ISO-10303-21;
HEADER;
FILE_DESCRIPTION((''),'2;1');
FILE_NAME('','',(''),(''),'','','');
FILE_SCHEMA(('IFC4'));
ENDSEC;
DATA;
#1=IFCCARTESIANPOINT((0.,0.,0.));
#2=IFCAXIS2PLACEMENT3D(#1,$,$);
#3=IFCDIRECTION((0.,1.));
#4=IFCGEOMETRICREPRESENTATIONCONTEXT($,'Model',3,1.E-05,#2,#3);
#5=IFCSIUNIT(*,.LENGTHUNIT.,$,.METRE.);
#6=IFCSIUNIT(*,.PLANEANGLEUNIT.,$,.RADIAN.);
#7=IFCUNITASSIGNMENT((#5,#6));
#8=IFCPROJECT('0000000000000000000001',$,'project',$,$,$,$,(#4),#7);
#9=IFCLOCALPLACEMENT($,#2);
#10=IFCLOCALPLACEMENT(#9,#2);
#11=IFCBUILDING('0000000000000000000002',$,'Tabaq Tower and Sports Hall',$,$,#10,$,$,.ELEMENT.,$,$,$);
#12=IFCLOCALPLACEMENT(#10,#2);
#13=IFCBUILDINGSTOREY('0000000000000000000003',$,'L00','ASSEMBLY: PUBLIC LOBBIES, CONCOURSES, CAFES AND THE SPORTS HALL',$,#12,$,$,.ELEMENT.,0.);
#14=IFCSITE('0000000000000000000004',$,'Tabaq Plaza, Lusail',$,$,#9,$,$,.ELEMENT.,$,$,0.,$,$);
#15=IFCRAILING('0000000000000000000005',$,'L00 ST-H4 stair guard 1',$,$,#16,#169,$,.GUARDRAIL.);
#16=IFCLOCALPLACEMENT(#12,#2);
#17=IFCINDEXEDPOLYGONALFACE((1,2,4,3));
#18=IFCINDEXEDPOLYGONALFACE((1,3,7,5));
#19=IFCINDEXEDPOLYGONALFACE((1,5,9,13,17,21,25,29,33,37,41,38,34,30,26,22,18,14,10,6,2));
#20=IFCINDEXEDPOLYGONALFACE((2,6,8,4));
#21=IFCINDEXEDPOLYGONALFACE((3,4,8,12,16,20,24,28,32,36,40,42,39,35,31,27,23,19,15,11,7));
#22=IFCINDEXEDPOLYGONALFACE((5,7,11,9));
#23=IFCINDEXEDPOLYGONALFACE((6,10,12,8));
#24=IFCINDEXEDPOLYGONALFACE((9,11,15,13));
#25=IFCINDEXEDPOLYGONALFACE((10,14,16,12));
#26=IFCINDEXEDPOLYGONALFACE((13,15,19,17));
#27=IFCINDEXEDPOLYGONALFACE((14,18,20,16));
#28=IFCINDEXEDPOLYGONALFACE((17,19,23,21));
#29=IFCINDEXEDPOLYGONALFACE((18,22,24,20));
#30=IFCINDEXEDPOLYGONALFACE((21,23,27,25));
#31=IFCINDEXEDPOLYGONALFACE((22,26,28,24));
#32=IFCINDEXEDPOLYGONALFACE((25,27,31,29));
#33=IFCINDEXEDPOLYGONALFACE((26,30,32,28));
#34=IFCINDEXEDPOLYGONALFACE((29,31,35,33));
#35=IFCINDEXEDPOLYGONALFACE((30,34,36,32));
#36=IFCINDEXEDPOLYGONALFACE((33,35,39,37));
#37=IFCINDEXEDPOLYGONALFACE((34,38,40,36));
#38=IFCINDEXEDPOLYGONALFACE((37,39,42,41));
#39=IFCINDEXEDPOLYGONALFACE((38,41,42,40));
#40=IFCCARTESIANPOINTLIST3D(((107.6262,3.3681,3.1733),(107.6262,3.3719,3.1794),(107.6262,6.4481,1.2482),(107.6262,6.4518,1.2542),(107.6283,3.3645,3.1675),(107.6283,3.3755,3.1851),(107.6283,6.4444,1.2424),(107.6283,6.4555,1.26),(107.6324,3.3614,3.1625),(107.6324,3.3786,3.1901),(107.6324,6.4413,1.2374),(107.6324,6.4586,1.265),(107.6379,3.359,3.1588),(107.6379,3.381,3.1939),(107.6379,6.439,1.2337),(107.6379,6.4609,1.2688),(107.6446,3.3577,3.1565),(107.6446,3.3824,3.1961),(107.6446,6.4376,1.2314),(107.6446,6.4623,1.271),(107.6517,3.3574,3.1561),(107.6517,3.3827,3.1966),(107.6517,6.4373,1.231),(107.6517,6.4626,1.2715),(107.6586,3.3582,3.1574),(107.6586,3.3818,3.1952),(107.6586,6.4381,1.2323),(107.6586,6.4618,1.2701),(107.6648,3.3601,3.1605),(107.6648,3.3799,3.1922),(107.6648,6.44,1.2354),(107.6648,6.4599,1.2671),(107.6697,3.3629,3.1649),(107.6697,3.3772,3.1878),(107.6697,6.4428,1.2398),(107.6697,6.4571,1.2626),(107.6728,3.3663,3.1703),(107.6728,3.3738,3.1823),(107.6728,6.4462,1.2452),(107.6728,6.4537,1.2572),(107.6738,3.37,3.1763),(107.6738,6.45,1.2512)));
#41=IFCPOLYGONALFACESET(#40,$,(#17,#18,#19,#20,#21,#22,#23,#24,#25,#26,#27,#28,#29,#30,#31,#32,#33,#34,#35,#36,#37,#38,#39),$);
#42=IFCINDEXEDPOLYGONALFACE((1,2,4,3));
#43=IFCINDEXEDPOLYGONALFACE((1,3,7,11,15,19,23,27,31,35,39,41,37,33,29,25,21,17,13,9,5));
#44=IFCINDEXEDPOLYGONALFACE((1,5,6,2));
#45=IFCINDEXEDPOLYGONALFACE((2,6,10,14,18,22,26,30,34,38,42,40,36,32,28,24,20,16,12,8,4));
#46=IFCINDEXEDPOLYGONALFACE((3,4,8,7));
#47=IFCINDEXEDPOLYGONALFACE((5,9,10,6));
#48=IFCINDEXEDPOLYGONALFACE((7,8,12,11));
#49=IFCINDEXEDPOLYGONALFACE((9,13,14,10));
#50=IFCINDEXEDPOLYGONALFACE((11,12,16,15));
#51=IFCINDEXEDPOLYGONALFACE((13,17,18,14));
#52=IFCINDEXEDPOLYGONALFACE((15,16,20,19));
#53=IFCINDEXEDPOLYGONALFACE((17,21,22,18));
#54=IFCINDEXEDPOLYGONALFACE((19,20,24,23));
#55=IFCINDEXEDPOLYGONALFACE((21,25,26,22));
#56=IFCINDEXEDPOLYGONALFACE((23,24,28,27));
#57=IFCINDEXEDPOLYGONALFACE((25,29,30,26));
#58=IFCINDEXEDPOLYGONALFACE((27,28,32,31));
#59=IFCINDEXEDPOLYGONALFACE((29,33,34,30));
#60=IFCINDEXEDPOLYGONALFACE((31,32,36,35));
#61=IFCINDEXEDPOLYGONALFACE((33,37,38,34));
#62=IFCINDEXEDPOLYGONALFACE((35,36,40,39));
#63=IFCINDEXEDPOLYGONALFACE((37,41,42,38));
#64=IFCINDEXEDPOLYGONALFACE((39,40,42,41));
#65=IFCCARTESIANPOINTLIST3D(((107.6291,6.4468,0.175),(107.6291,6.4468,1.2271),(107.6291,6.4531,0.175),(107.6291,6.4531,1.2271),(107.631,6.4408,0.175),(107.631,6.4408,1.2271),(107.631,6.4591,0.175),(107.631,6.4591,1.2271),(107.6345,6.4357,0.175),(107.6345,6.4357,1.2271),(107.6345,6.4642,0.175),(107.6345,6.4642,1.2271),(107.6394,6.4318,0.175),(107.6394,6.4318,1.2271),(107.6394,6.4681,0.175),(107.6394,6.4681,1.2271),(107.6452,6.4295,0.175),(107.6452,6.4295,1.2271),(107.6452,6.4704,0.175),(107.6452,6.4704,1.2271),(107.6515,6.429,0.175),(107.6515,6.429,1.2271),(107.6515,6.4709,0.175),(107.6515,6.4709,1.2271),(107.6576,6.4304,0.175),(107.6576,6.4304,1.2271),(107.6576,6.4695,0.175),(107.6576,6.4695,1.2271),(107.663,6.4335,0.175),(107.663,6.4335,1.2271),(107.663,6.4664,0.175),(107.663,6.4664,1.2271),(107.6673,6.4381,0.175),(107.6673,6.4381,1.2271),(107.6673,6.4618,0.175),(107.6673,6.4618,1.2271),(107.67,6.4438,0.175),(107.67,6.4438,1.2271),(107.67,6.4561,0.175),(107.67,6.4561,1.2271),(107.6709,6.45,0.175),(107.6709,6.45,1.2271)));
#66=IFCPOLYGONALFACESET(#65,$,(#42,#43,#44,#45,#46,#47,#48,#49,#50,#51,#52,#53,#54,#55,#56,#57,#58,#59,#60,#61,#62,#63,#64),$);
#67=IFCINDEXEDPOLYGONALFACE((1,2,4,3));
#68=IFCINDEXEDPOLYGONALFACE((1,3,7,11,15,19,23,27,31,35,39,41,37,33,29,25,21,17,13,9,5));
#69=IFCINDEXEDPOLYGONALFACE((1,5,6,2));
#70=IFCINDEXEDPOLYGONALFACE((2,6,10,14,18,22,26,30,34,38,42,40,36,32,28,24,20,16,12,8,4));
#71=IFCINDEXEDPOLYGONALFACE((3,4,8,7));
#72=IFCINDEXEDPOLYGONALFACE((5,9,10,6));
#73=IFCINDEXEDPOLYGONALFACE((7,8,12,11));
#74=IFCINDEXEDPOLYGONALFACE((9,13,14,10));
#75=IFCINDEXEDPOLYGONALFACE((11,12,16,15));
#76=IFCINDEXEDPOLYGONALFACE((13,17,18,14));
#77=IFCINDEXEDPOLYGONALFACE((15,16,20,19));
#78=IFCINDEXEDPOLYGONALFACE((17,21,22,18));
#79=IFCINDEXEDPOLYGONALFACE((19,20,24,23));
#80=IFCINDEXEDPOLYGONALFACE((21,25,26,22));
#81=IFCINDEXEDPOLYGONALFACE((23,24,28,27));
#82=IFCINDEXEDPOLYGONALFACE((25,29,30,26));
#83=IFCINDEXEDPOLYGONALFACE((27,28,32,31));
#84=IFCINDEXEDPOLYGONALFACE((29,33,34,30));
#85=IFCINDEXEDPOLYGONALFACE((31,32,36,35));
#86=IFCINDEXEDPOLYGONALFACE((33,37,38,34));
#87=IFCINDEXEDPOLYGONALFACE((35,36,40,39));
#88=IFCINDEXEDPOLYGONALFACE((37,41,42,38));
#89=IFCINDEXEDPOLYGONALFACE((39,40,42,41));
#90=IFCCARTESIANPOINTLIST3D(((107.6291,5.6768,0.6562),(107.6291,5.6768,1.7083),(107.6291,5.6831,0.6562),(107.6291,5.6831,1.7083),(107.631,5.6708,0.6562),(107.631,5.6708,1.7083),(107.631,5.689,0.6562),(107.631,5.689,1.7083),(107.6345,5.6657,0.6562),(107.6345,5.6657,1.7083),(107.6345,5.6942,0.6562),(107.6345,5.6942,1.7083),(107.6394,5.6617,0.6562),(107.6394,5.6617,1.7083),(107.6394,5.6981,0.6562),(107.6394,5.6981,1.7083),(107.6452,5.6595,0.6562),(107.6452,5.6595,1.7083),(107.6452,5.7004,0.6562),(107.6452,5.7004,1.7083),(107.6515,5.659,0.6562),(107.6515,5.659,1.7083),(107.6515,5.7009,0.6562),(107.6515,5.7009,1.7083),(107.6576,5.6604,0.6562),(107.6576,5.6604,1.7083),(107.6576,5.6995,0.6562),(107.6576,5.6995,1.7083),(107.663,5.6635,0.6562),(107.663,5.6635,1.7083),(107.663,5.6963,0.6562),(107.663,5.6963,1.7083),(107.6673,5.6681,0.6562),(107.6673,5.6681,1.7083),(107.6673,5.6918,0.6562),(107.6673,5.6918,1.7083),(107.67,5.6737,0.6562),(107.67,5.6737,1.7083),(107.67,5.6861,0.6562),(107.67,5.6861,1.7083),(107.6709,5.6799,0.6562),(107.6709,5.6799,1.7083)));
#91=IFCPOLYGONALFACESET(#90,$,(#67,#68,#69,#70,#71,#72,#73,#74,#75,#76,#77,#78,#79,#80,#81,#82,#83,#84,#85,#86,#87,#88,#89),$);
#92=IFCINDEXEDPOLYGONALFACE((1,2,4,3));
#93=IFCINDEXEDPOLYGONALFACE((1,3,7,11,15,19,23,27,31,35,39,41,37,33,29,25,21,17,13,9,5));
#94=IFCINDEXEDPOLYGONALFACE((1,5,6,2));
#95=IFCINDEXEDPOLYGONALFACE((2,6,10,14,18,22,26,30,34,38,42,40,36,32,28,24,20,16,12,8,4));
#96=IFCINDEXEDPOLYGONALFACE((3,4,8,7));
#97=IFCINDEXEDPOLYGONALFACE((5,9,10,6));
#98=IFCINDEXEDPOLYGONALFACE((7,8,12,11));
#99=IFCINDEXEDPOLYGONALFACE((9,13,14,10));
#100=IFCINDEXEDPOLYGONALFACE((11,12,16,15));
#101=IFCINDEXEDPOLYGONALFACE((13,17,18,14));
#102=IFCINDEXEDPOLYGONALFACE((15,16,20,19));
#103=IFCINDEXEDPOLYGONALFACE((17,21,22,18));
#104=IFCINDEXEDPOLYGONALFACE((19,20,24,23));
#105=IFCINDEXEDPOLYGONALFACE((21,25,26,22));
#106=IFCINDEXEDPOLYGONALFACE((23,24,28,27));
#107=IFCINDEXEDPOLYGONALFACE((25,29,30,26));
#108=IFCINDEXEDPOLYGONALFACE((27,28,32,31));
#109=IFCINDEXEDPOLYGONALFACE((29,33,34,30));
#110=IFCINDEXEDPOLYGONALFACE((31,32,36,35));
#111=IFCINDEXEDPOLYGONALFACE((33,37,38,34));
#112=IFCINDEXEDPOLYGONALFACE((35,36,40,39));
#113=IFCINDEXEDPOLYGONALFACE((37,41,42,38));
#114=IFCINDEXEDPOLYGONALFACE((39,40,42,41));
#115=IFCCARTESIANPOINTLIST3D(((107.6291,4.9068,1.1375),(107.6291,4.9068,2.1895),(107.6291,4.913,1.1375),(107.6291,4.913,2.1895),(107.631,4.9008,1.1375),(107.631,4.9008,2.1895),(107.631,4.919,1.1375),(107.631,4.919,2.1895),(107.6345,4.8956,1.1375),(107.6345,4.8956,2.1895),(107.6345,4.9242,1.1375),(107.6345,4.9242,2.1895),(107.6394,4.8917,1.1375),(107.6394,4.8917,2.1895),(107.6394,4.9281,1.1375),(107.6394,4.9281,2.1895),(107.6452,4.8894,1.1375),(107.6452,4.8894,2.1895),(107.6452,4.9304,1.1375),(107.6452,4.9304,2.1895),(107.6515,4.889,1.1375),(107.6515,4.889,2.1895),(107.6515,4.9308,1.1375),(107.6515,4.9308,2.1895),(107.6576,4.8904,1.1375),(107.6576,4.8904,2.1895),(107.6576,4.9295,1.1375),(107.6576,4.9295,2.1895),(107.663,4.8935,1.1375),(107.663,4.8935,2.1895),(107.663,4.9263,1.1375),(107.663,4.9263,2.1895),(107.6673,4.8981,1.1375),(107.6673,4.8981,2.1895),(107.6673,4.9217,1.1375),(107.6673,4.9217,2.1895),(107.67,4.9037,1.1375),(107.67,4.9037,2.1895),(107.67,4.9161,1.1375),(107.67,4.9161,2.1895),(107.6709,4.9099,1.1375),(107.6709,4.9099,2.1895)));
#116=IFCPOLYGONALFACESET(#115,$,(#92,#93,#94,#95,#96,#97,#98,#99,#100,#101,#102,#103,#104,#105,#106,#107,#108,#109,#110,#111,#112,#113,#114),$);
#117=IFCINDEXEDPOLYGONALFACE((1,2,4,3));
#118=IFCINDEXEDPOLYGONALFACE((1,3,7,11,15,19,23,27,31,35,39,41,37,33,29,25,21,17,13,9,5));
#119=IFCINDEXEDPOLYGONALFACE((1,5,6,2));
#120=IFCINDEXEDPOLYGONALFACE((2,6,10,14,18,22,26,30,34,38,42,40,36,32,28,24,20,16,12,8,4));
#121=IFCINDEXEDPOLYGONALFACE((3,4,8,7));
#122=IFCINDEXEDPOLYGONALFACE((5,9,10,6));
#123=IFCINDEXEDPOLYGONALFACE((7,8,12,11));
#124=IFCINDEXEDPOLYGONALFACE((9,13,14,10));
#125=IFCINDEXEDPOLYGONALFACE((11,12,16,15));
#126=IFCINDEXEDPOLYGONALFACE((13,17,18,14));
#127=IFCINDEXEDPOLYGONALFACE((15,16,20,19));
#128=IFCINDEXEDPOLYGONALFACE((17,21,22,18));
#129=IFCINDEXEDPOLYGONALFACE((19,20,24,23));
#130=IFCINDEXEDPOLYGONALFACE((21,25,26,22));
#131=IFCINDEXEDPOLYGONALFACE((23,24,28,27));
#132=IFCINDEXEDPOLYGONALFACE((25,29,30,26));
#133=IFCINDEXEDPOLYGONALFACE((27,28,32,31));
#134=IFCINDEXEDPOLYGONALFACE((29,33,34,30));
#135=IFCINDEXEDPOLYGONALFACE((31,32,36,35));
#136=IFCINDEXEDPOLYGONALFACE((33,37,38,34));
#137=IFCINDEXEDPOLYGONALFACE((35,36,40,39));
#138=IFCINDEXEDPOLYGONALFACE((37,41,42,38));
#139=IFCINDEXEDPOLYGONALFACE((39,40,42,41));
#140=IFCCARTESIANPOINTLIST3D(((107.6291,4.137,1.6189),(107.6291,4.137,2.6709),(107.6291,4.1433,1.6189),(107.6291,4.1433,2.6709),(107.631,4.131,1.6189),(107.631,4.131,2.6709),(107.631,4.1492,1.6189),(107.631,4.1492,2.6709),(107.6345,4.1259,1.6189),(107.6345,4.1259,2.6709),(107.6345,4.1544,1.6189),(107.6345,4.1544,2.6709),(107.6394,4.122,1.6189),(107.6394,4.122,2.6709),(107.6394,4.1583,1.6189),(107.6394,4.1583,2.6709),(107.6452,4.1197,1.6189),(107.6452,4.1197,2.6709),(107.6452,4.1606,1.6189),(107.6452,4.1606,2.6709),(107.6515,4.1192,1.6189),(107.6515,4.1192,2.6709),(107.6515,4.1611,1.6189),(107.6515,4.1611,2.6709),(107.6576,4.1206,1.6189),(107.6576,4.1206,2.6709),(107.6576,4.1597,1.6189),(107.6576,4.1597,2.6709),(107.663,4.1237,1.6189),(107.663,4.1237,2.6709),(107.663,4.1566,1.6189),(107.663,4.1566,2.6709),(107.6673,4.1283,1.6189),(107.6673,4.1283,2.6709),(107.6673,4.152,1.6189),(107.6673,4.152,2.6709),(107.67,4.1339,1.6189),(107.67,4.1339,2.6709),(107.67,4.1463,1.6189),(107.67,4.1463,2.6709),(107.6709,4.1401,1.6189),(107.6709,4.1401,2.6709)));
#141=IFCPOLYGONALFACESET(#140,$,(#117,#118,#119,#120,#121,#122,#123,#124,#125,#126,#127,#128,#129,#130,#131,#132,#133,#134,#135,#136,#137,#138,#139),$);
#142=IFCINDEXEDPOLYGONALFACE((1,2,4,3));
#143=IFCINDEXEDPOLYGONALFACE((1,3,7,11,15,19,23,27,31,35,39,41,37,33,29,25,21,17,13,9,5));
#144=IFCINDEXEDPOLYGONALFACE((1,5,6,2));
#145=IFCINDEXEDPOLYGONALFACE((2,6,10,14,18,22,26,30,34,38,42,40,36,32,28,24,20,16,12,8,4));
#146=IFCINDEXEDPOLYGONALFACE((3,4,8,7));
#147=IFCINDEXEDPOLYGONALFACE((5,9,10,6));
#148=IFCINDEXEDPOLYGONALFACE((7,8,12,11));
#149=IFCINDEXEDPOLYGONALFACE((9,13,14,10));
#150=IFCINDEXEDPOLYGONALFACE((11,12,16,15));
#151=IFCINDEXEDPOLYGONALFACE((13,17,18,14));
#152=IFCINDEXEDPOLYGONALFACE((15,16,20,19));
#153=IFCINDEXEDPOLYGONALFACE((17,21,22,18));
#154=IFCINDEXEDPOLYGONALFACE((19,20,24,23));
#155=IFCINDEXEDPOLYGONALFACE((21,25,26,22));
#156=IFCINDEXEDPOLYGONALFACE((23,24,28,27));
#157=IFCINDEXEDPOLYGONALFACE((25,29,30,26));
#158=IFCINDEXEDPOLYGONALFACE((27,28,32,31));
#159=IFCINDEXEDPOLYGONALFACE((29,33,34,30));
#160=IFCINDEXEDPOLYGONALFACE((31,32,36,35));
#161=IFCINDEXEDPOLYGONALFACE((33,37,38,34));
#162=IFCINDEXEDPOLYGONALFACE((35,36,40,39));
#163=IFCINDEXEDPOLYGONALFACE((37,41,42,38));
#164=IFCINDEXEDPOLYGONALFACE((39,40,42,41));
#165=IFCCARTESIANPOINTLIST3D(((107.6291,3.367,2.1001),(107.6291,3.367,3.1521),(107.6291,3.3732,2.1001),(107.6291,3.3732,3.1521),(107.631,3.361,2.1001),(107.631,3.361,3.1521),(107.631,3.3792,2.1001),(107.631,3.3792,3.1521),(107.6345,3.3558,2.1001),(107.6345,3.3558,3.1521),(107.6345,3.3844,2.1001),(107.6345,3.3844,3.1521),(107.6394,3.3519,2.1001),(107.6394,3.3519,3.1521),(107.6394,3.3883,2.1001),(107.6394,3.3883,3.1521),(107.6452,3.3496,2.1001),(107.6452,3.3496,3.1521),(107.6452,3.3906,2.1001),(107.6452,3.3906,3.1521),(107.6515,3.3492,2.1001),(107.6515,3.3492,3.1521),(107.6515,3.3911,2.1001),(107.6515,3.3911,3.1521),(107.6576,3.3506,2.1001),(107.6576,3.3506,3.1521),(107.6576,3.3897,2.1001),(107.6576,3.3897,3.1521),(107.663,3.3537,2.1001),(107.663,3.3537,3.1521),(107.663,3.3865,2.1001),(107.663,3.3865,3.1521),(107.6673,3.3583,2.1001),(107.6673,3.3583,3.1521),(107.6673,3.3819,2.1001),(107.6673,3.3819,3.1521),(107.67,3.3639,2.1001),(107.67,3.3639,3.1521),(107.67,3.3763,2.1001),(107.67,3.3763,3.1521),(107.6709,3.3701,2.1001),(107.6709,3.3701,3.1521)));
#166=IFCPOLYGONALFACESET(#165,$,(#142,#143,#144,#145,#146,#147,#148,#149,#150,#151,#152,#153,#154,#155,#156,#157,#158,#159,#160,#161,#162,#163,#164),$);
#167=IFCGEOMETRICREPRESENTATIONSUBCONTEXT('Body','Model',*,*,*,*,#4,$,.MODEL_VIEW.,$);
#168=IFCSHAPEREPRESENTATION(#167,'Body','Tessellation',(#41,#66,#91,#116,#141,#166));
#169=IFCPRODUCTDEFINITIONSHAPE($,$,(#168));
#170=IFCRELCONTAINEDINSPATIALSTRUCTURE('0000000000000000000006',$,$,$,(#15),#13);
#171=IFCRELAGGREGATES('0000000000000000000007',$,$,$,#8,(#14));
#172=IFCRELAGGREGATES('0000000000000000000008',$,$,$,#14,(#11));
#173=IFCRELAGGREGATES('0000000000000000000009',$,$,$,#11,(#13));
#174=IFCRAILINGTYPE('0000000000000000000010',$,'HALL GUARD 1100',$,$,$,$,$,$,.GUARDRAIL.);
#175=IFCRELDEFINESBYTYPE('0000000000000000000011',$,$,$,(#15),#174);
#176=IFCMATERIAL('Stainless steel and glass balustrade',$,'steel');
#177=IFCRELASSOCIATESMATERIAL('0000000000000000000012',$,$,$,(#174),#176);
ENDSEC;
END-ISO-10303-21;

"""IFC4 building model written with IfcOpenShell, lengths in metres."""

from ifc_helpers import new_model, si_unit, direction, frame, origin, origin_2d, place, context, subcontext, project, spatial, circle, extrude, material, type_object, element, save


model = new_model("IFC4")

# Units and contexts
model_context = context("Model", 3, precision=1e-05, world=origin(), true_north=direction((0.0, 1.0)))
body_context = subcontext(model_context, "Body", "Model", "MODEL_VIEW")
ifc_project = project(units=[si_unit("LENGTHUNIT", "METRE"), si_unit("PLANEANGLEUNIT", "RADIAN")], contexts=[model_context])

# Site, building, storey
site_placement = place(None, origin())
site = spatial("IfcSite", under=ifc_project, at=site_placement, Name="Tabaq Plaza, Lusail", CompositionType="ELEMENT", RefElevation=0.0)
building_placement = place(site_placement, origin())
building = spatial("IfcBuilding", under=site, at=building_placement, Name="Tabaq Tower and Sports Hall", CompositionType="ELEMENT")
storey_placement = place(building_placement, origin())
storey = spatial("IfcBuildingStorey", under=building, at=storey_placement, Name="L00", Description="ASSEMBLY: PUBLIC LOBBIES, CONCOURSES, CAFES AND THE SPORTS HALL", CompositionType="ELEMENT", Elevation=0.0)

# Railing
ifc_material_1 = material(Name="Stainless steel and glass balustrade", Category="steel")
railing_type_1 = type_object("IfcRailingType", Name="HALL GUARD 1100", PredefinedType="GUARDRAIL", material=ifc_material_1)
for number, where, name in (
    (1, (107.6499, 6.45, 0.175), "L00 ST-H4 stair guard 1"),
):
    element("IfcRailing", number, at=place(storey_placement, frame(where)), inside=storey, type_object=railing_type_1, Name=name, PredefinedType="GUARDRAIL", context=body_context, shape_type="SweptSolid", body=[
        extrude(circle(Radius=0.0239, at=origin_2d()), frame((0.0, 0.0, 1.0762), z_axis=(0.0, -0.847979, 0.530029), x_axis=(1.0, 0.0, 0.0)), (0.0, 0.0, 1.0), 3.6321),
        extrude(circle(Radius=0.021, at=origin_2d()), origin(), (0.0, 0.0, 1.0), 1.052),
        extrude(circle(Radius=0.021, at=origin_2d()), frame((0.0, -0.77, 0.4812)), (0.0, 0.0, 1.0), 1.052),
        extrude(circle(Radius=0.021, at=origin_2d()), frame((0.0, -1.54, 0.9624)), (0.0, 0.0, 1.0), 1.052),
        extrude(circle(Radius=0.021, at=origin_2d()), frame((0.0, -2.3098, 1.4438)), (0.0, 0.0, 1.0), 1.052),
        extrude(circle(Radius=0.021, at=origin_2d()), frame((0.0, -3.0798, 1.925)), (0.0, 0.0, 1.0), 1.052),
    ])

save(model, "model.ifc")
